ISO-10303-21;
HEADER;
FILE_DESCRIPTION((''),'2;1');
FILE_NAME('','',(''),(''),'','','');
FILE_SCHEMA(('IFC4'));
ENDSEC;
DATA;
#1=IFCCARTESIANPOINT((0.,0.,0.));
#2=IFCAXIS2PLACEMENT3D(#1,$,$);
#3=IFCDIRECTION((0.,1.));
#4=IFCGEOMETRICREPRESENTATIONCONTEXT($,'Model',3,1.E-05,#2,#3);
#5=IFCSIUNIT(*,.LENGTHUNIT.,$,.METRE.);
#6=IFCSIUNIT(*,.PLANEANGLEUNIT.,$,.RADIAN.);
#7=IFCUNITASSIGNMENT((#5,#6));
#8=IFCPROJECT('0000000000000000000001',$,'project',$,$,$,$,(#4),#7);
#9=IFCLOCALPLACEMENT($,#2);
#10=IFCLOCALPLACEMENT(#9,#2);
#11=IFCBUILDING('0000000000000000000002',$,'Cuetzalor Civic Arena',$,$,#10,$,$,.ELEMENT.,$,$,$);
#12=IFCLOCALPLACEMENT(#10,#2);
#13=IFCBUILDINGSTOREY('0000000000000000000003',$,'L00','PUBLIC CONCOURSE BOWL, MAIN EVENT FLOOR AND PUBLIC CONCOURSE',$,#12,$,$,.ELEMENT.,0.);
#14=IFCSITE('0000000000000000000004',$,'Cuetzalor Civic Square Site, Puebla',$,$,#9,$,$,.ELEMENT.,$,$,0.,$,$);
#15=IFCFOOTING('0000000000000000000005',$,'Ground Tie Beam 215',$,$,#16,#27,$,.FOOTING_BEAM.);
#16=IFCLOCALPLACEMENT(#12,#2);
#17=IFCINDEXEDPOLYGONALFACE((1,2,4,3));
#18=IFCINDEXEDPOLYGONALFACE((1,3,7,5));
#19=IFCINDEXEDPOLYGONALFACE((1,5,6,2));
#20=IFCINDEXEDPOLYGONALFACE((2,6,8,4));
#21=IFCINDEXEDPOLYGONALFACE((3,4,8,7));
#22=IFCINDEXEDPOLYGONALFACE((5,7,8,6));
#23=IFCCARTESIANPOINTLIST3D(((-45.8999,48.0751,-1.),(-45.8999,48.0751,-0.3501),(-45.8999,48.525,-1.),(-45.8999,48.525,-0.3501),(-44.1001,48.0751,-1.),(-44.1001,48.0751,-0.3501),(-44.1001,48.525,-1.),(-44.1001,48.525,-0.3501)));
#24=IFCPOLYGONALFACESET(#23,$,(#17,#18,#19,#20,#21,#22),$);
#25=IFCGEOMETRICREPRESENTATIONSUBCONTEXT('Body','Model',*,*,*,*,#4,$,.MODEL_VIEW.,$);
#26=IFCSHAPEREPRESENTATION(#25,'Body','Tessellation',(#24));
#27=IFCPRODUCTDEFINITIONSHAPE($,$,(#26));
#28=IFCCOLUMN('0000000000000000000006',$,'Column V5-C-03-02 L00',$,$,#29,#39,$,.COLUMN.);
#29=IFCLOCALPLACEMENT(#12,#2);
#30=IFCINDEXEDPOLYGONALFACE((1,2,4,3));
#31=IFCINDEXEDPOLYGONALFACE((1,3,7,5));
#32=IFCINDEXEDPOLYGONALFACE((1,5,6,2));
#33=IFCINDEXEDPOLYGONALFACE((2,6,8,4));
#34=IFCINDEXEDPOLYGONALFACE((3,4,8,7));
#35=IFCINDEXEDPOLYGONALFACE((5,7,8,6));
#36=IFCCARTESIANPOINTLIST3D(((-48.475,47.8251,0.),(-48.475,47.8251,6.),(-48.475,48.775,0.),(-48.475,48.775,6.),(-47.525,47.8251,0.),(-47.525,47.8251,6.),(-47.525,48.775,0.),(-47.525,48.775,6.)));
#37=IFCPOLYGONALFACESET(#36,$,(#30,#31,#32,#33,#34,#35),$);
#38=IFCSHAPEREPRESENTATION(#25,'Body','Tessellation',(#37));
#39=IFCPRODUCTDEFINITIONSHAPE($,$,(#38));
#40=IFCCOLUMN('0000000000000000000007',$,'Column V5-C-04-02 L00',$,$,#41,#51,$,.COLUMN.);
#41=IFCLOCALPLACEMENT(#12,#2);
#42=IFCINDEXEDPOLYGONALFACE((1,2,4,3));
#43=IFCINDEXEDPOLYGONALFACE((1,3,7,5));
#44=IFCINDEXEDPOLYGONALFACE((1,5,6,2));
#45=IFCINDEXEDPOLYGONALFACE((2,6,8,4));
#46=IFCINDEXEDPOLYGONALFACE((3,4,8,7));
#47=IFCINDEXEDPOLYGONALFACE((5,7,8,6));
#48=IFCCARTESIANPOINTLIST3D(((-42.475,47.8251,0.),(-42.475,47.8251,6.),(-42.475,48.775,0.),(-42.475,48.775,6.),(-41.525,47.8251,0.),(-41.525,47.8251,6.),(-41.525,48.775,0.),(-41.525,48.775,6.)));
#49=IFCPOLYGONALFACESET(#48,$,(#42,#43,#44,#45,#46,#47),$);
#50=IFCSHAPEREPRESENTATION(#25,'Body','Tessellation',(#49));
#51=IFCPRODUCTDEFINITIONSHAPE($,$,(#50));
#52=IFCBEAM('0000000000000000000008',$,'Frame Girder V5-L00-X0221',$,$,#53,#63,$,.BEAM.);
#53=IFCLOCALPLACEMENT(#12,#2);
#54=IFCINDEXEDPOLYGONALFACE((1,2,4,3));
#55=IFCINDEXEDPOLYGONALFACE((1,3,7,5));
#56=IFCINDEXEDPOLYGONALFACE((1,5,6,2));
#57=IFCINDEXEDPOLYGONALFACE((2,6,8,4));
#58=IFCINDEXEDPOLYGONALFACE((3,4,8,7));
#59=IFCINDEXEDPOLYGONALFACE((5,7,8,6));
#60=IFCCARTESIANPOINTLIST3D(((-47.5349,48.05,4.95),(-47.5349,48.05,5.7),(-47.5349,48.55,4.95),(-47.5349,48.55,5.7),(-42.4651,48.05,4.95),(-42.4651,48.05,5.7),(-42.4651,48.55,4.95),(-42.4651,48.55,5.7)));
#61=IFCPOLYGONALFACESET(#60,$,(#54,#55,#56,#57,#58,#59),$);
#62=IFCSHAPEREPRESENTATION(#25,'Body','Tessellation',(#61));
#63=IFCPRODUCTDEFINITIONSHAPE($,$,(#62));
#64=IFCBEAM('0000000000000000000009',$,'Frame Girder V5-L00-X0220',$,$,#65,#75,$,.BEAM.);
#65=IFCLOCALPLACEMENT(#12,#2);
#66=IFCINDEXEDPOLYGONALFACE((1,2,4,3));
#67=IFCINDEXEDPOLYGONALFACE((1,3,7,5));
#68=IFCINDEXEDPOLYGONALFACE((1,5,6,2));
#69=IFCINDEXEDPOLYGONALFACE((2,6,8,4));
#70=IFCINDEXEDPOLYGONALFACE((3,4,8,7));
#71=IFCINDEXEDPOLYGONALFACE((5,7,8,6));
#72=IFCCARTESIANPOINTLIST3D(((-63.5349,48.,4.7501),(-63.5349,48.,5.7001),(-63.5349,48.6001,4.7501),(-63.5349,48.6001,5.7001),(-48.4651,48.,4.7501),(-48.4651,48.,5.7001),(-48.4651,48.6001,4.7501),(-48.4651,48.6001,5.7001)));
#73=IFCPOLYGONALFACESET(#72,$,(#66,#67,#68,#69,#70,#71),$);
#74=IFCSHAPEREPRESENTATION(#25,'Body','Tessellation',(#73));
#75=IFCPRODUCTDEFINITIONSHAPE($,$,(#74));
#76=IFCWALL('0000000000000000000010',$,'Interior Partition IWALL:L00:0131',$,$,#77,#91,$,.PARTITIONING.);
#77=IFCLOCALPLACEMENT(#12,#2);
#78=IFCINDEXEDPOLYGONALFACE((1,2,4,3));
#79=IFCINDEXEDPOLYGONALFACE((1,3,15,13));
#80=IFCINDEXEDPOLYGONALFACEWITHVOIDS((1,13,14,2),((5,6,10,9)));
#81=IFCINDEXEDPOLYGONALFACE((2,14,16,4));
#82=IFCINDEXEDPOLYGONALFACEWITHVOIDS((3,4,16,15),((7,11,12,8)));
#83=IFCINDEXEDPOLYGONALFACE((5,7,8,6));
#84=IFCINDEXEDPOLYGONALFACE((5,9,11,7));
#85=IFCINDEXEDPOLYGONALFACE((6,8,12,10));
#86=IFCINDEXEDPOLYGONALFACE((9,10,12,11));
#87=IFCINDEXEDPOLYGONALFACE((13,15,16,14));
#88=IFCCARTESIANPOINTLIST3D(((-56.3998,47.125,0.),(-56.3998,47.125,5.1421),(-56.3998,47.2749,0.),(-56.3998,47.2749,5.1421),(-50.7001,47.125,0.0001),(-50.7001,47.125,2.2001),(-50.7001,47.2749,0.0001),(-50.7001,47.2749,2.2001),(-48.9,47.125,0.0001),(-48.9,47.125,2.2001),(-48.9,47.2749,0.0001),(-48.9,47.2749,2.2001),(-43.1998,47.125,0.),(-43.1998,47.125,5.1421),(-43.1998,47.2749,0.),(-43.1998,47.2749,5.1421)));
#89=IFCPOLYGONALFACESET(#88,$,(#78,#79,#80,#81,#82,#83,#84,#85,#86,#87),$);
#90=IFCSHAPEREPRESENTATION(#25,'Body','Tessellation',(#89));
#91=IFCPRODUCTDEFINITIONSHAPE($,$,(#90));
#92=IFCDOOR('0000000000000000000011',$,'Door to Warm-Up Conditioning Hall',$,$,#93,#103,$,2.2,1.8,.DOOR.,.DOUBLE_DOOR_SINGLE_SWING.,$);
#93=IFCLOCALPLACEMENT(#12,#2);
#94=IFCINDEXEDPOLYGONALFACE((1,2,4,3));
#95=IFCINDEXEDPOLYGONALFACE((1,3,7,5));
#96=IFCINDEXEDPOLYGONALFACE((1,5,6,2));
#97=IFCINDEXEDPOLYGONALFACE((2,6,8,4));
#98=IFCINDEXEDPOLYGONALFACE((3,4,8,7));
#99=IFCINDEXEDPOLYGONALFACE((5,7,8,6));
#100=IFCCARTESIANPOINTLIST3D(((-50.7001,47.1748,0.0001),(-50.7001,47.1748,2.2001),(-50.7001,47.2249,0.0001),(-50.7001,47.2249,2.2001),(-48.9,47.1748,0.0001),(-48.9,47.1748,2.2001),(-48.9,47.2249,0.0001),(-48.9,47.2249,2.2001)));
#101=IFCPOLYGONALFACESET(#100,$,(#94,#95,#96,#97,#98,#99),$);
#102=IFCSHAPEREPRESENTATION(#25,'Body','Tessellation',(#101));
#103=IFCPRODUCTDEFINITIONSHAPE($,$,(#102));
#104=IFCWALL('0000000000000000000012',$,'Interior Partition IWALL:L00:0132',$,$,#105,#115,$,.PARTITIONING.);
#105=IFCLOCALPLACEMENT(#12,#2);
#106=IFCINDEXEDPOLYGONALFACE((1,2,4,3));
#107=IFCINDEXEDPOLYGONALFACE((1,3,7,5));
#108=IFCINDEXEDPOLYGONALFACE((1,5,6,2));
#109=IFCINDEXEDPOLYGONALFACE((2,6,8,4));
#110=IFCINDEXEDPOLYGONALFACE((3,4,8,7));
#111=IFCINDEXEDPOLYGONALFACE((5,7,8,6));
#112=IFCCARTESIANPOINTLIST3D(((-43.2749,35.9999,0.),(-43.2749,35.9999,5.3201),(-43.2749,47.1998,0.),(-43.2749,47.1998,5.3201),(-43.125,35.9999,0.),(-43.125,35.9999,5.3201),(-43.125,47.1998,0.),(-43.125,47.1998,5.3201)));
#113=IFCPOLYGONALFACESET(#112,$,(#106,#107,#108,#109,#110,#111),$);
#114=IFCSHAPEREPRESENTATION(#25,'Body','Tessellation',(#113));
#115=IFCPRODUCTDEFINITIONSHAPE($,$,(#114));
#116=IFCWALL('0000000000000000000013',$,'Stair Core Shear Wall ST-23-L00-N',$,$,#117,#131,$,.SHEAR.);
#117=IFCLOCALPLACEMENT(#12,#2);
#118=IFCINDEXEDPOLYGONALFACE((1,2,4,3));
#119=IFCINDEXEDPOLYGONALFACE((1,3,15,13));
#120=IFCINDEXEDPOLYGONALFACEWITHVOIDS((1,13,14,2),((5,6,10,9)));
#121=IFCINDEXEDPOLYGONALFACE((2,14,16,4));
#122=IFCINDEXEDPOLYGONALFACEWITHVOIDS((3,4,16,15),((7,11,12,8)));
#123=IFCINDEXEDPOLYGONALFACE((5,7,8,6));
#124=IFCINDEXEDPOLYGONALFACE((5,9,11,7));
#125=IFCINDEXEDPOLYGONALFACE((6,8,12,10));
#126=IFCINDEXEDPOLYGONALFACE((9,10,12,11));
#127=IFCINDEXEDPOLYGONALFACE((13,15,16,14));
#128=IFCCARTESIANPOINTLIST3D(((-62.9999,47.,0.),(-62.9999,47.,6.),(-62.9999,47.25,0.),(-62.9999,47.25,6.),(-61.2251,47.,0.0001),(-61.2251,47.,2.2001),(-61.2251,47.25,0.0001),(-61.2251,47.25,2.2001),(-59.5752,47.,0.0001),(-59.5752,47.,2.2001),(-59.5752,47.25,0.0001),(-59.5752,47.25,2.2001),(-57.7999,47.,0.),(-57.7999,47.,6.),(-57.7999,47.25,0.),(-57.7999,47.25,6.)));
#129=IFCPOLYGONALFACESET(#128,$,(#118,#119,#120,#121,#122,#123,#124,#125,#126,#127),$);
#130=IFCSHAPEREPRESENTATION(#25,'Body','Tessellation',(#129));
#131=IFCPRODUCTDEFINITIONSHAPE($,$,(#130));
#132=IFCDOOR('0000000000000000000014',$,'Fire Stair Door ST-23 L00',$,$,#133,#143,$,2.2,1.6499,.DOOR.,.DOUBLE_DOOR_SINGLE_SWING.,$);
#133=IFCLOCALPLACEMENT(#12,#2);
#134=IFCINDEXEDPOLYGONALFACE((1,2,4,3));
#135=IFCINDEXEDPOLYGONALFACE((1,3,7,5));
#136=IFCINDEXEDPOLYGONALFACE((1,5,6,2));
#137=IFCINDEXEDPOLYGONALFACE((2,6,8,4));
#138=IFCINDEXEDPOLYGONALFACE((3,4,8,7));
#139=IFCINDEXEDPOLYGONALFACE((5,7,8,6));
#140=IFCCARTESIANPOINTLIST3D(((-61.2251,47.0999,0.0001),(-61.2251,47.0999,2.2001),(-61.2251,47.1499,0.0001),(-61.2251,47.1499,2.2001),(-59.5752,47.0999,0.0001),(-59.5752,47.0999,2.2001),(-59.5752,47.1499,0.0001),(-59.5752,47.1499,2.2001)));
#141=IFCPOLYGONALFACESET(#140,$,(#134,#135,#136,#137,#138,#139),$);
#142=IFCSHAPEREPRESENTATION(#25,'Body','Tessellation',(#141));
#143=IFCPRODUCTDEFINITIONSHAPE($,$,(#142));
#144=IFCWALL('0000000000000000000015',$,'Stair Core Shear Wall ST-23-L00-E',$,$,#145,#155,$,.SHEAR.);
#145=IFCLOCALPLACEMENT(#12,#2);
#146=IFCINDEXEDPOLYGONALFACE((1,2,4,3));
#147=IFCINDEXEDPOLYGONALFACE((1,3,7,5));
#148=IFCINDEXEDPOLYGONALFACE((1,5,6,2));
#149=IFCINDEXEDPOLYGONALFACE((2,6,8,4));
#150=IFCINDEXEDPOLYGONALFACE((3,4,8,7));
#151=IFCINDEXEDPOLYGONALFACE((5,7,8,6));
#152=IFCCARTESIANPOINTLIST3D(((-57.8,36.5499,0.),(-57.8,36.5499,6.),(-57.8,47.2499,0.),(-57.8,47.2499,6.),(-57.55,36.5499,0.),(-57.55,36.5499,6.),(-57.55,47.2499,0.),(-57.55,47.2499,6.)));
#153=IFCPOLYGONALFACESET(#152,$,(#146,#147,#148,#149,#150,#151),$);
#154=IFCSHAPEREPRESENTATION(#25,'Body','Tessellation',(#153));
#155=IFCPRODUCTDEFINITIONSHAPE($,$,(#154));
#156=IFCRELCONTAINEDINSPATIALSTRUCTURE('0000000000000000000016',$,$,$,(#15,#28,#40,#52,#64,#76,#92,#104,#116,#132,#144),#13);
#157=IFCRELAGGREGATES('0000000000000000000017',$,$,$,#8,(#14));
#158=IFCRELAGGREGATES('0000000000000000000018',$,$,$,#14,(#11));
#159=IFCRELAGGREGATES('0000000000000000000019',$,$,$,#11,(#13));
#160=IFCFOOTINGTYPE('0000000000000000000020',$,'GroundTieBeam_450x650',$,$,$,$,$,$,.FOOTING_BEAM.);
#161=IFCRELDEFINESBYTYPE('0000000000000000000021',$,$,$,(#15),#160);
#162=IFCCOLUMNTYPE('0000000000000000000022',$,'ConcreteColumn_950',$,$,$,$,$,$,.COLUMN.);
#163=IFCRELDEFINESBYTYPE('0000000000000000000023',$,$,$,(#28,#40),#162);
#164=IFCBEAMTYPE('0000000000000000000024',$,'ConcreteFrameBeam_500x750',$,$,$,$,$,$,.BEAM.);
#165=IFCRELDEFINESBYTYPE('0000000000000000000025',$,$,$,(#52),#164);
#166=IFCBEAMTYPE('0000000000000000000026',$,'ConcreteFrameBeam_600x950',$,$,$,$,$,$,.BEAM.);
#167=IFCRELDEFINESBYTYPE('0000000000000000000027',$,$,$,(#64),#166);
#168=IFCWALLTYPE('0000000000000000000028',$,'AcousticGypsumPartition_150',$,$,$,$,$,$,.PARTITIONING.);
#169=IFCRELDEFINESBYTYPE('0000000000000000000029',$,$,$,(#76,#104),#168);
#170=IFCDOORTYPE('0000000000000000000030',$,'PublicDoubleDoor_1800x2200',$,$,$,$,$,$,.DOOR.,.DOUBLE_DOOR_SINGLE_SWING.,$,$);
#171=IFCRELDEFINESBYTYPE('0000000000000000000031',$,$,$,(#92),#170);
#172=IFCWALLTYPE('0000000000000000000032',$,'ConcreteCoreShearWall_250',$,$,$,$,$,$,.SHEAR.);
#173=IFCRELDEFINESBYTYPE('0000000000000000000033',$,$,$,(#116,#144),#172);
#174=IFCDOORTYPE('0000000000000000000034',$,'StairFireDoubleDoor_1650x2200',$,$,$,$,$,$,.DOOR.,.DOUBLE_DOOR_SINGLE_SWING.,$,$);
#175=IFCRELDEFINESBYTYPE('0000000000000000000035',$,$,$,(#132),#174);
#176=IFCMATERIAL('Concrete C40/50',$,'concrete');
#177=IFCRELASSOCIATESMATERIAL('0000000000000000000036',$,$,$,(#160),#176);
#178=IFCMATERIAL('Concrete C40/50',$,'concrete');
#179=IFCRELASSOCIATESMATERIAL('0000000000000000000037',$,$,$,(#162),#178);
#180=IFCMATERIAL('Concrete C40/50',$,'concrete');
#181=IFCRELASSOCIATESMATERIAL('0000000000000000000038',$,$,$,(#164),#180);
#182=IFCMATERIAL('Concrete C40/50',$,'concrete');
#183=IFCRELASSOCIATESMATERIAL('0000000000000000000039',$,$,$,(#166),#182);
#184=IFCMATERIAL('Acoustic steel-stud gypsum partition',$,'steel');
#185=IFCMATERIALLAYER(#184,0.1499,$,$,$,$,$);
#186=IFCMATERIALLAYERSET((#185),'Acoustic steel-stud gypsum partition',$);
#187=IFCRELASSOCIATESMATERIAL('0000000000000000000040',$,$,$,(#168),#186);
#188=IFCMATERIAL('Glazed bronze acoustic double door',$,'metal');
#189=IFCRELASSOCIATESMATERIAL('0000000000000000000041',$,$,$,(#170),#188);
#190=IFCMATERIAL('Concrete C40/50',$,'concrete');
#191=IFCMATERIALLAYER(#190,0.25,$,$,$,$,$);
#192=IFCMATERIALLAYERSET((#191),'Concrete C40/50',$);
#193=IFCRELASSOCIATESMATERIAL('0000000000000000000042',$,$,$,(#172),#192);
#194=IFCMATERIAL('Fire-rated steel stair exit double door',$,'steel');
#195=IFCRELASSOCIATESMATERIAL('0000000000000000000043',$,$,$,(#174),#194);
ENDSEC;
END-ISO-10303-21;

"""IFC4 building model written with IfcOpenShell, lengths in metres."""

from ifc_helpers import new_model, si_unit, direction, frame, frame_2d, origin, origin_2d, place, context, subcontext, project, spatial, rectangle, extrude, material, layer, layer_set, material_profile, profile_set, type_object, element, fill, save


model = new_model("IFC4")

# Units and contexts
model_context = context("Model", 3, precision=1e-05, world=origin(), true_north=direction((0.0, 1.0)))
body_context = subcontext(model_context, "Body", "Model", "MODEL_VIEW")
ifc_project = project(units=[si_unit("LENGTHUNIT", "METRE"), si_unit("PLANEANGLEUNIT", "RADIAN")], contexts=[model_context])

# Site, building, storey
site_placement = place(None, origin())
site = spatial("IfcSite", under=ifc_project, at=site_placement, Name="Cuetzalor Civic Square Site, Puebla", CompositionType="ELEMENT", RefElevation=0.0)
building_placement = place(site_placement, origin())
building = spatial("IfcBuilding", under=site, at=building_placement, Name="Cuetzalor Civic Arena", CompositionType="ELEMENT")
storey_placement = place(building_placement, origin())
storey = spatial("IfcBuildingStorey", under=building, at=storey_placement, Name="L00", Description="PUBLIC CONCOURSE BOWL, MAIN EVENT FLOOR AND PUBLIC CONCOURSE", CompositionType="ELEMENT", Elevation=0.0)

# Footing
ifc_material_1 = material(Name="Concrete C40/50", Category="concrete")
ifc_material_profile_1 = material_profile(ifc_material_1, rectangle(XDim=0.45, YDim=0.6499, at=origin_2d()), Name="RC 450x650")
ifc_profile_set_1 = profile_set([ifc_material_profile_1], Name="Concrete C40/50")
footing_type_1 = type_object("IfcFootingType", Name="GroundTieBeam_450x650", PredefinedType="FOOTING_BEAM", material=ifc_profile_set_1)
footing_placement = place(storey_placement, frame((-45.8999, 48.3, -0.675), z_axis=(1.0, 0.0, 0.0), x_axis=(0.0, 1.0, 0.0)))
element("IfcFooting", 1, at=footing_placement, inside=storey, type_object=footing_type_1, Name="Ground Tie Beam 215", PredefinedType="FOOTING_BEAM", context=body_context, shape_type="SweptSolid", body=[
    extrude(rectangle(XDim=0.45, YDim=0.6499, at=origin_2d()), origin(), (0.0, 0.0, 1.0), 1.7998),
])

# Columns
ifc_material_2 = material(Name="Concrete C40/50", Category="concrete")
ifc_material_profile_2 = material_profile(ifc_material_2, rectangle(XDim=0.95, YDim=0.95, at=origin_2d()), Name="RC 950x950")
ifc_profile_set_2 = profile_set([ifc_material_profile_2], Name="Concrete C40/50")
column_type = type_object("IfcColumnType", Name="ConcreteColumn_950", PredefinedType="COLUMN", material=ifc_profile_set_2)
for number, where, z_axis, x_axis, name in (
    (2, (-48.0, 48.3, 0.0), (0.0, 0.0, 1.0), (1.0, 0.0, 0.0), "Column V5-C-03-02 L00"),
    (3, (-42.0, 48.3, 0.0), (0.0, 0.0, 1.0), (1.0, 0.0, 0.0), "Column V5-C-04-02 L00"),
):
    element("IfcColumn", number, at=place(storey_placement, frame(where, z_axis=z_axis, x_axis=x_axis)), inside=storey, type_object=column_type, Name=name, PredefinedType="COLUMN", context=body_context, shape_type="SweptSolid", body=[
        extrude(rectangle(XDim=0.95, YDim=0.95, at=origin_2d()), origin(), (0.0, 0.0, 1.0), 6.0),
    ])

# Beams
ifc_material_3 = material(Name="Concrete C40/50", Category="concrete")
ifc_material_profile_3 = material_profile(ifc_material_3, rectangle(XDim=0.5, YDim=0.75, at=origin_2d()), Name="RC 500x750")
ifc_profile_set_3 = profile_set([ifc_material_profile_3], Name="Concrete C40/50")
beam_type_1 = type_object("IfcBeamType", Name="ConcreteFrameBeam_500x750", PredefinedType="BEAM", material=ifc_profile_set_3)
beam_1_placement = place(storey_placement, frame((-47.5349, 48.3, 5.325), z_axis=(1.0, 0.0, 0.0), x_axis=(0.0, 1.0, 0.0)))
element("IfcBeam", 4, at=beam_1_placement, inside=storey, type_object=beam_type_1, Name="Frame Girder V5-L00-X0221", PredefinedType="BEAM", context=body_context, shape_type="SweptSolid", body=[
    extrude(rectangle(XDim=0.5, YDim=0.75, at=origin_2d()), origin(), (0.0, 0.0, 1.0), 5.0698),
])
ifc_material_4 = material(Name="Concrete C40/50", Category="concrete")
ifc_material_profile_4 = material_profile(ifc_material_4, rectangle(XDim=0.6001, YDim=0.95, at=origin_2d()), Name="RC 600x950")
ifc_profile_set_4 = profile_set([ifc_material_profile_4], Name="Concrete C40/50")
beam_type_2 = type_object("IfcBeamType", Name="ConcreteFrameBeam_600x950", PredefinedType="BEAM", material=ifc_profile_set_4)
beam_2_placement = place(storey_placement, frame((-63.5349, 48.3, 5.2251), z_axis=(1.0, 0.0, 0.0), x_axis=(0.0, 1.0, 0.0)))
element("IfcBeam", 5, at=beam_2_placement, inside=storey, type_object=beam_type_2, Name="Frame Girder V5-L00-X0220", PredefinedType="BEAM", context=body_context, shape_type="SweptSolid", body=[
    extrude(rectangle(XDim=0.6001, YDim=0.95, at=origin_2d()), origin(), (0.0, 0.0, 1.0), 15.0698),
])

# Wall, opening, door
ifc_material_5 = material(Name="Acoustic steel-stud gypsum partition", Category="steel")
ifc_layer_1 = layer(ifc_material_5, 0.1499)
ifc_layer_set_1 = layer_set([ifc_layer_1], Name="Acoustic steel-stud gypsum partition")
wall_type_1 = type_object("IfcWallType", Name="AcousticGypsumPartition_150", PredefinedType="PARTITIONING", material=ifc_layer_set_1)
wall_1_placement = place(storey_placement, frame((-56.3999, 47.2, 0.0), z_axis=(0.0, 0.0, 1.0), x_axis=(1.0, 0.0, 0.0)))
wall_1 = element("IfcWall", 6, at=wall_1_placement, inside=storey, type_object=wall_type_1, Name="Interior Partition IWALL:L00:0131", PredefinedType="PARTITIONING", context=body_context, shape_type="SweptSolid", body=[
    extrude(rectangle(XDim=13.2, YDim=0.1499, at=frame_2d((6.6001, 0.0))), origin(), (0.0, 0.0, 1.0), 5.1421),
])
opening_1_placement = place(wall_1_placement, frame((5.7, 0.0, 0.0)))
opening_1 = element("IfcOpeningElement", 7, at=opening_1_placement, cuts=wall_1, PredefinedType="OPENING", context=body_context, shape_type="SweptSolid", body=[
    extrude(rectangle(XDim=1.8, YDim=2.2, at=frame_2d((0.8999, 1.1001))), frame((0.0, 0.085, 0.0), z_axis=(0.0, -1.0, 0.0), x_axis=(1.0, 0.0, 0.0)), (0.0, 0.0, 1.0), 0.1699),
])
ifc_material_6 = material(Name="Glazed bronze acoustic double door", Category="metal")
door_type_1 = type_object("IfcDoorType", Name="PublicDoubleDoor_1800x2200", OperationType="DOUBLE_DOOR_SINGLE_SWING", PredefinedType="DOOR", material=ifc_material_6)
door_1_placement = place(opening_1_placement, origin())
door_1 = element("IfcDoor", 8, at=door_1_placement, inside=storey, type_object=door_type_1, Name="Door to Warm-Up Conditioning Hall", OperationType="DOUBLE_DOOR_SINGLE_SWING", OverallHeight=2.2, OverallWidth=1.8, PredefinedType="DOOR", context=body_context, shape_type="SweptSolid", body=[
    extrude(rectangle(XDim=1.8, YDim=2.2, at=frame_2d((0.8999, 1.1001))), frame((0.0, 0.0249, 0.0), z_axis=(0.0, -1.0, 0.0), x_axis=(1.0, 0.0, 0.0)), (0.0, 0.0, 1.0), 0.05),
])
fill(opening_1, door_1)

# Wall
wall_2_placement = place(storey_placement, frame((-43.2, 47.2, 0.0), z_axis=(0.0, 0.0, 1.0), x_axis=(0.0, -1.0, 0.0)))
element("IfcWall", 9, at=wall_2_placement, inside=storey, type_object=wall_type_1, Name="Interior Partition IWALL:L00:0132", PredefinedType="PARTITIONING", context=body_context, shape_type="SweptSolid", body=[
    extrude(rectangle(XDim=11.2, YDim=0.1499, at=frame_2d((5.6001, 0.0))), origin(), (0.0, 0.0, 1.0), 5.3201),
])

# Wall, opening, door
ifc_material_7 = material(Name="Concrete C40/50", Category="concrete")
ifc_layer_2 = layer(ifc_material_7, 0.25)
ifc_layer_set_2 = layer_set([ifc_layer_2], Name="Concrete C40/50")
wall_type_2 = type_object("IfcWallType", Name="ConcreteCoreShearWall_250", PredefinedType="SHEAR", material=ifc_layer_set_2)
wall_3_placement = place(storey_placement, frame((-63.0, 47.125, 0.0), z_axis=(0.0, 0.0, 1.0), x_axis=(1.0, 0.0, 0.0)))
wall_3 = element("IfcWall", 10, at=wall_3_placement, inside=storey, type_object=wall_type_2, Name="Stair Core Shear Wall ST-23-L00-N", PredefinedType="SHEAR", context=body_context, shape_type="SweptSolid", body=[
    extrude(rectangle(XDim=5.2, YDim=0.25, at=frame_2d((2.6001, 0.0))), origin(), (0.0, 0.0, 1.0), 6.0),
])
opening_2_placement = place(wall_3_placement, frame((1.7749, 0.0, 0.0)))
opening_2 = element("IfcOpeningElement", 11, at=opening_2_placement, cuts=wall_3, PredefinedType="OPENING", context=body_context, shape_type="SweptSolid", body=[
    extrude(rectangle(XDim=1.6499, YDim=2.2, at=frame_2d((0.825, 1.1001))), frame((0.0, 0.135, 0.0), z_axis=(0.0, -1.0, 0.0), x_axis=(1.0, 0.0, 0.0)), (0.0, 0.0, 1.0), 0.27),
])
ifc_material_8 = material(Name="Fire-rated steel stair exit double door", Category="steel")
door_type_2 = type_object("IfcDoorType", Name="StairFireDoubleDoor_1650x2200", OperationType="DOUBLE_DOOR_SINGLE_SWING", PredefinedType="DOOR", material=ifc_material_8)
door_2_placement = place(opening_2_placement, origin())
door_2 = element("IfcDoor", 12, at=door_2_placement, inside=storey, type_object=door_type_2, Name="Fire Stair Door ST-23 L00", OperationType="DOUBLE_DOOR_SINGLE_SWING", OverallHeight=2.2, OverallWidth=1.6499, PredefinedType="DOOR", context=body_context, shape_type="SweptSolid", body=[
    extrude(rectangle(XDim=1.6499, YDim=2.2, at=frame_2d((0.825, 1.1001))), frame((0.0, 0.0249, 0.0), z_axis=(0.0, -1.0, 0.0), x_axis=(1.0, 0.0, 0.0)), (0.0, 0.0, 1.0), 0.05),
])
fill(opening_2, door_2)

# Wall
wall_4_placement = place(storey_placement, frame((-57.675, 47.25, 0.0), z_axis=(0.0, 0.0, 1.0), x_axis=(0.0, -1.0, 0.0)))
element("IfcWall", 13, at=wall_4_placement, inside=storey, type_object=wall_type_2, Name="Stair Core Shear Wall ST-23-L00-E", PredefinedType="SHEAR", context=body_context, shape_type="SweptSolid", body=[
    extrude(rectangle(XDim=10.7, YDim=0.25, at=frame_2d((5.3501, 0.0))), origin(), (0.0, 0.0, 1.0), 6.0),
])

save(model, "model.ifc")
